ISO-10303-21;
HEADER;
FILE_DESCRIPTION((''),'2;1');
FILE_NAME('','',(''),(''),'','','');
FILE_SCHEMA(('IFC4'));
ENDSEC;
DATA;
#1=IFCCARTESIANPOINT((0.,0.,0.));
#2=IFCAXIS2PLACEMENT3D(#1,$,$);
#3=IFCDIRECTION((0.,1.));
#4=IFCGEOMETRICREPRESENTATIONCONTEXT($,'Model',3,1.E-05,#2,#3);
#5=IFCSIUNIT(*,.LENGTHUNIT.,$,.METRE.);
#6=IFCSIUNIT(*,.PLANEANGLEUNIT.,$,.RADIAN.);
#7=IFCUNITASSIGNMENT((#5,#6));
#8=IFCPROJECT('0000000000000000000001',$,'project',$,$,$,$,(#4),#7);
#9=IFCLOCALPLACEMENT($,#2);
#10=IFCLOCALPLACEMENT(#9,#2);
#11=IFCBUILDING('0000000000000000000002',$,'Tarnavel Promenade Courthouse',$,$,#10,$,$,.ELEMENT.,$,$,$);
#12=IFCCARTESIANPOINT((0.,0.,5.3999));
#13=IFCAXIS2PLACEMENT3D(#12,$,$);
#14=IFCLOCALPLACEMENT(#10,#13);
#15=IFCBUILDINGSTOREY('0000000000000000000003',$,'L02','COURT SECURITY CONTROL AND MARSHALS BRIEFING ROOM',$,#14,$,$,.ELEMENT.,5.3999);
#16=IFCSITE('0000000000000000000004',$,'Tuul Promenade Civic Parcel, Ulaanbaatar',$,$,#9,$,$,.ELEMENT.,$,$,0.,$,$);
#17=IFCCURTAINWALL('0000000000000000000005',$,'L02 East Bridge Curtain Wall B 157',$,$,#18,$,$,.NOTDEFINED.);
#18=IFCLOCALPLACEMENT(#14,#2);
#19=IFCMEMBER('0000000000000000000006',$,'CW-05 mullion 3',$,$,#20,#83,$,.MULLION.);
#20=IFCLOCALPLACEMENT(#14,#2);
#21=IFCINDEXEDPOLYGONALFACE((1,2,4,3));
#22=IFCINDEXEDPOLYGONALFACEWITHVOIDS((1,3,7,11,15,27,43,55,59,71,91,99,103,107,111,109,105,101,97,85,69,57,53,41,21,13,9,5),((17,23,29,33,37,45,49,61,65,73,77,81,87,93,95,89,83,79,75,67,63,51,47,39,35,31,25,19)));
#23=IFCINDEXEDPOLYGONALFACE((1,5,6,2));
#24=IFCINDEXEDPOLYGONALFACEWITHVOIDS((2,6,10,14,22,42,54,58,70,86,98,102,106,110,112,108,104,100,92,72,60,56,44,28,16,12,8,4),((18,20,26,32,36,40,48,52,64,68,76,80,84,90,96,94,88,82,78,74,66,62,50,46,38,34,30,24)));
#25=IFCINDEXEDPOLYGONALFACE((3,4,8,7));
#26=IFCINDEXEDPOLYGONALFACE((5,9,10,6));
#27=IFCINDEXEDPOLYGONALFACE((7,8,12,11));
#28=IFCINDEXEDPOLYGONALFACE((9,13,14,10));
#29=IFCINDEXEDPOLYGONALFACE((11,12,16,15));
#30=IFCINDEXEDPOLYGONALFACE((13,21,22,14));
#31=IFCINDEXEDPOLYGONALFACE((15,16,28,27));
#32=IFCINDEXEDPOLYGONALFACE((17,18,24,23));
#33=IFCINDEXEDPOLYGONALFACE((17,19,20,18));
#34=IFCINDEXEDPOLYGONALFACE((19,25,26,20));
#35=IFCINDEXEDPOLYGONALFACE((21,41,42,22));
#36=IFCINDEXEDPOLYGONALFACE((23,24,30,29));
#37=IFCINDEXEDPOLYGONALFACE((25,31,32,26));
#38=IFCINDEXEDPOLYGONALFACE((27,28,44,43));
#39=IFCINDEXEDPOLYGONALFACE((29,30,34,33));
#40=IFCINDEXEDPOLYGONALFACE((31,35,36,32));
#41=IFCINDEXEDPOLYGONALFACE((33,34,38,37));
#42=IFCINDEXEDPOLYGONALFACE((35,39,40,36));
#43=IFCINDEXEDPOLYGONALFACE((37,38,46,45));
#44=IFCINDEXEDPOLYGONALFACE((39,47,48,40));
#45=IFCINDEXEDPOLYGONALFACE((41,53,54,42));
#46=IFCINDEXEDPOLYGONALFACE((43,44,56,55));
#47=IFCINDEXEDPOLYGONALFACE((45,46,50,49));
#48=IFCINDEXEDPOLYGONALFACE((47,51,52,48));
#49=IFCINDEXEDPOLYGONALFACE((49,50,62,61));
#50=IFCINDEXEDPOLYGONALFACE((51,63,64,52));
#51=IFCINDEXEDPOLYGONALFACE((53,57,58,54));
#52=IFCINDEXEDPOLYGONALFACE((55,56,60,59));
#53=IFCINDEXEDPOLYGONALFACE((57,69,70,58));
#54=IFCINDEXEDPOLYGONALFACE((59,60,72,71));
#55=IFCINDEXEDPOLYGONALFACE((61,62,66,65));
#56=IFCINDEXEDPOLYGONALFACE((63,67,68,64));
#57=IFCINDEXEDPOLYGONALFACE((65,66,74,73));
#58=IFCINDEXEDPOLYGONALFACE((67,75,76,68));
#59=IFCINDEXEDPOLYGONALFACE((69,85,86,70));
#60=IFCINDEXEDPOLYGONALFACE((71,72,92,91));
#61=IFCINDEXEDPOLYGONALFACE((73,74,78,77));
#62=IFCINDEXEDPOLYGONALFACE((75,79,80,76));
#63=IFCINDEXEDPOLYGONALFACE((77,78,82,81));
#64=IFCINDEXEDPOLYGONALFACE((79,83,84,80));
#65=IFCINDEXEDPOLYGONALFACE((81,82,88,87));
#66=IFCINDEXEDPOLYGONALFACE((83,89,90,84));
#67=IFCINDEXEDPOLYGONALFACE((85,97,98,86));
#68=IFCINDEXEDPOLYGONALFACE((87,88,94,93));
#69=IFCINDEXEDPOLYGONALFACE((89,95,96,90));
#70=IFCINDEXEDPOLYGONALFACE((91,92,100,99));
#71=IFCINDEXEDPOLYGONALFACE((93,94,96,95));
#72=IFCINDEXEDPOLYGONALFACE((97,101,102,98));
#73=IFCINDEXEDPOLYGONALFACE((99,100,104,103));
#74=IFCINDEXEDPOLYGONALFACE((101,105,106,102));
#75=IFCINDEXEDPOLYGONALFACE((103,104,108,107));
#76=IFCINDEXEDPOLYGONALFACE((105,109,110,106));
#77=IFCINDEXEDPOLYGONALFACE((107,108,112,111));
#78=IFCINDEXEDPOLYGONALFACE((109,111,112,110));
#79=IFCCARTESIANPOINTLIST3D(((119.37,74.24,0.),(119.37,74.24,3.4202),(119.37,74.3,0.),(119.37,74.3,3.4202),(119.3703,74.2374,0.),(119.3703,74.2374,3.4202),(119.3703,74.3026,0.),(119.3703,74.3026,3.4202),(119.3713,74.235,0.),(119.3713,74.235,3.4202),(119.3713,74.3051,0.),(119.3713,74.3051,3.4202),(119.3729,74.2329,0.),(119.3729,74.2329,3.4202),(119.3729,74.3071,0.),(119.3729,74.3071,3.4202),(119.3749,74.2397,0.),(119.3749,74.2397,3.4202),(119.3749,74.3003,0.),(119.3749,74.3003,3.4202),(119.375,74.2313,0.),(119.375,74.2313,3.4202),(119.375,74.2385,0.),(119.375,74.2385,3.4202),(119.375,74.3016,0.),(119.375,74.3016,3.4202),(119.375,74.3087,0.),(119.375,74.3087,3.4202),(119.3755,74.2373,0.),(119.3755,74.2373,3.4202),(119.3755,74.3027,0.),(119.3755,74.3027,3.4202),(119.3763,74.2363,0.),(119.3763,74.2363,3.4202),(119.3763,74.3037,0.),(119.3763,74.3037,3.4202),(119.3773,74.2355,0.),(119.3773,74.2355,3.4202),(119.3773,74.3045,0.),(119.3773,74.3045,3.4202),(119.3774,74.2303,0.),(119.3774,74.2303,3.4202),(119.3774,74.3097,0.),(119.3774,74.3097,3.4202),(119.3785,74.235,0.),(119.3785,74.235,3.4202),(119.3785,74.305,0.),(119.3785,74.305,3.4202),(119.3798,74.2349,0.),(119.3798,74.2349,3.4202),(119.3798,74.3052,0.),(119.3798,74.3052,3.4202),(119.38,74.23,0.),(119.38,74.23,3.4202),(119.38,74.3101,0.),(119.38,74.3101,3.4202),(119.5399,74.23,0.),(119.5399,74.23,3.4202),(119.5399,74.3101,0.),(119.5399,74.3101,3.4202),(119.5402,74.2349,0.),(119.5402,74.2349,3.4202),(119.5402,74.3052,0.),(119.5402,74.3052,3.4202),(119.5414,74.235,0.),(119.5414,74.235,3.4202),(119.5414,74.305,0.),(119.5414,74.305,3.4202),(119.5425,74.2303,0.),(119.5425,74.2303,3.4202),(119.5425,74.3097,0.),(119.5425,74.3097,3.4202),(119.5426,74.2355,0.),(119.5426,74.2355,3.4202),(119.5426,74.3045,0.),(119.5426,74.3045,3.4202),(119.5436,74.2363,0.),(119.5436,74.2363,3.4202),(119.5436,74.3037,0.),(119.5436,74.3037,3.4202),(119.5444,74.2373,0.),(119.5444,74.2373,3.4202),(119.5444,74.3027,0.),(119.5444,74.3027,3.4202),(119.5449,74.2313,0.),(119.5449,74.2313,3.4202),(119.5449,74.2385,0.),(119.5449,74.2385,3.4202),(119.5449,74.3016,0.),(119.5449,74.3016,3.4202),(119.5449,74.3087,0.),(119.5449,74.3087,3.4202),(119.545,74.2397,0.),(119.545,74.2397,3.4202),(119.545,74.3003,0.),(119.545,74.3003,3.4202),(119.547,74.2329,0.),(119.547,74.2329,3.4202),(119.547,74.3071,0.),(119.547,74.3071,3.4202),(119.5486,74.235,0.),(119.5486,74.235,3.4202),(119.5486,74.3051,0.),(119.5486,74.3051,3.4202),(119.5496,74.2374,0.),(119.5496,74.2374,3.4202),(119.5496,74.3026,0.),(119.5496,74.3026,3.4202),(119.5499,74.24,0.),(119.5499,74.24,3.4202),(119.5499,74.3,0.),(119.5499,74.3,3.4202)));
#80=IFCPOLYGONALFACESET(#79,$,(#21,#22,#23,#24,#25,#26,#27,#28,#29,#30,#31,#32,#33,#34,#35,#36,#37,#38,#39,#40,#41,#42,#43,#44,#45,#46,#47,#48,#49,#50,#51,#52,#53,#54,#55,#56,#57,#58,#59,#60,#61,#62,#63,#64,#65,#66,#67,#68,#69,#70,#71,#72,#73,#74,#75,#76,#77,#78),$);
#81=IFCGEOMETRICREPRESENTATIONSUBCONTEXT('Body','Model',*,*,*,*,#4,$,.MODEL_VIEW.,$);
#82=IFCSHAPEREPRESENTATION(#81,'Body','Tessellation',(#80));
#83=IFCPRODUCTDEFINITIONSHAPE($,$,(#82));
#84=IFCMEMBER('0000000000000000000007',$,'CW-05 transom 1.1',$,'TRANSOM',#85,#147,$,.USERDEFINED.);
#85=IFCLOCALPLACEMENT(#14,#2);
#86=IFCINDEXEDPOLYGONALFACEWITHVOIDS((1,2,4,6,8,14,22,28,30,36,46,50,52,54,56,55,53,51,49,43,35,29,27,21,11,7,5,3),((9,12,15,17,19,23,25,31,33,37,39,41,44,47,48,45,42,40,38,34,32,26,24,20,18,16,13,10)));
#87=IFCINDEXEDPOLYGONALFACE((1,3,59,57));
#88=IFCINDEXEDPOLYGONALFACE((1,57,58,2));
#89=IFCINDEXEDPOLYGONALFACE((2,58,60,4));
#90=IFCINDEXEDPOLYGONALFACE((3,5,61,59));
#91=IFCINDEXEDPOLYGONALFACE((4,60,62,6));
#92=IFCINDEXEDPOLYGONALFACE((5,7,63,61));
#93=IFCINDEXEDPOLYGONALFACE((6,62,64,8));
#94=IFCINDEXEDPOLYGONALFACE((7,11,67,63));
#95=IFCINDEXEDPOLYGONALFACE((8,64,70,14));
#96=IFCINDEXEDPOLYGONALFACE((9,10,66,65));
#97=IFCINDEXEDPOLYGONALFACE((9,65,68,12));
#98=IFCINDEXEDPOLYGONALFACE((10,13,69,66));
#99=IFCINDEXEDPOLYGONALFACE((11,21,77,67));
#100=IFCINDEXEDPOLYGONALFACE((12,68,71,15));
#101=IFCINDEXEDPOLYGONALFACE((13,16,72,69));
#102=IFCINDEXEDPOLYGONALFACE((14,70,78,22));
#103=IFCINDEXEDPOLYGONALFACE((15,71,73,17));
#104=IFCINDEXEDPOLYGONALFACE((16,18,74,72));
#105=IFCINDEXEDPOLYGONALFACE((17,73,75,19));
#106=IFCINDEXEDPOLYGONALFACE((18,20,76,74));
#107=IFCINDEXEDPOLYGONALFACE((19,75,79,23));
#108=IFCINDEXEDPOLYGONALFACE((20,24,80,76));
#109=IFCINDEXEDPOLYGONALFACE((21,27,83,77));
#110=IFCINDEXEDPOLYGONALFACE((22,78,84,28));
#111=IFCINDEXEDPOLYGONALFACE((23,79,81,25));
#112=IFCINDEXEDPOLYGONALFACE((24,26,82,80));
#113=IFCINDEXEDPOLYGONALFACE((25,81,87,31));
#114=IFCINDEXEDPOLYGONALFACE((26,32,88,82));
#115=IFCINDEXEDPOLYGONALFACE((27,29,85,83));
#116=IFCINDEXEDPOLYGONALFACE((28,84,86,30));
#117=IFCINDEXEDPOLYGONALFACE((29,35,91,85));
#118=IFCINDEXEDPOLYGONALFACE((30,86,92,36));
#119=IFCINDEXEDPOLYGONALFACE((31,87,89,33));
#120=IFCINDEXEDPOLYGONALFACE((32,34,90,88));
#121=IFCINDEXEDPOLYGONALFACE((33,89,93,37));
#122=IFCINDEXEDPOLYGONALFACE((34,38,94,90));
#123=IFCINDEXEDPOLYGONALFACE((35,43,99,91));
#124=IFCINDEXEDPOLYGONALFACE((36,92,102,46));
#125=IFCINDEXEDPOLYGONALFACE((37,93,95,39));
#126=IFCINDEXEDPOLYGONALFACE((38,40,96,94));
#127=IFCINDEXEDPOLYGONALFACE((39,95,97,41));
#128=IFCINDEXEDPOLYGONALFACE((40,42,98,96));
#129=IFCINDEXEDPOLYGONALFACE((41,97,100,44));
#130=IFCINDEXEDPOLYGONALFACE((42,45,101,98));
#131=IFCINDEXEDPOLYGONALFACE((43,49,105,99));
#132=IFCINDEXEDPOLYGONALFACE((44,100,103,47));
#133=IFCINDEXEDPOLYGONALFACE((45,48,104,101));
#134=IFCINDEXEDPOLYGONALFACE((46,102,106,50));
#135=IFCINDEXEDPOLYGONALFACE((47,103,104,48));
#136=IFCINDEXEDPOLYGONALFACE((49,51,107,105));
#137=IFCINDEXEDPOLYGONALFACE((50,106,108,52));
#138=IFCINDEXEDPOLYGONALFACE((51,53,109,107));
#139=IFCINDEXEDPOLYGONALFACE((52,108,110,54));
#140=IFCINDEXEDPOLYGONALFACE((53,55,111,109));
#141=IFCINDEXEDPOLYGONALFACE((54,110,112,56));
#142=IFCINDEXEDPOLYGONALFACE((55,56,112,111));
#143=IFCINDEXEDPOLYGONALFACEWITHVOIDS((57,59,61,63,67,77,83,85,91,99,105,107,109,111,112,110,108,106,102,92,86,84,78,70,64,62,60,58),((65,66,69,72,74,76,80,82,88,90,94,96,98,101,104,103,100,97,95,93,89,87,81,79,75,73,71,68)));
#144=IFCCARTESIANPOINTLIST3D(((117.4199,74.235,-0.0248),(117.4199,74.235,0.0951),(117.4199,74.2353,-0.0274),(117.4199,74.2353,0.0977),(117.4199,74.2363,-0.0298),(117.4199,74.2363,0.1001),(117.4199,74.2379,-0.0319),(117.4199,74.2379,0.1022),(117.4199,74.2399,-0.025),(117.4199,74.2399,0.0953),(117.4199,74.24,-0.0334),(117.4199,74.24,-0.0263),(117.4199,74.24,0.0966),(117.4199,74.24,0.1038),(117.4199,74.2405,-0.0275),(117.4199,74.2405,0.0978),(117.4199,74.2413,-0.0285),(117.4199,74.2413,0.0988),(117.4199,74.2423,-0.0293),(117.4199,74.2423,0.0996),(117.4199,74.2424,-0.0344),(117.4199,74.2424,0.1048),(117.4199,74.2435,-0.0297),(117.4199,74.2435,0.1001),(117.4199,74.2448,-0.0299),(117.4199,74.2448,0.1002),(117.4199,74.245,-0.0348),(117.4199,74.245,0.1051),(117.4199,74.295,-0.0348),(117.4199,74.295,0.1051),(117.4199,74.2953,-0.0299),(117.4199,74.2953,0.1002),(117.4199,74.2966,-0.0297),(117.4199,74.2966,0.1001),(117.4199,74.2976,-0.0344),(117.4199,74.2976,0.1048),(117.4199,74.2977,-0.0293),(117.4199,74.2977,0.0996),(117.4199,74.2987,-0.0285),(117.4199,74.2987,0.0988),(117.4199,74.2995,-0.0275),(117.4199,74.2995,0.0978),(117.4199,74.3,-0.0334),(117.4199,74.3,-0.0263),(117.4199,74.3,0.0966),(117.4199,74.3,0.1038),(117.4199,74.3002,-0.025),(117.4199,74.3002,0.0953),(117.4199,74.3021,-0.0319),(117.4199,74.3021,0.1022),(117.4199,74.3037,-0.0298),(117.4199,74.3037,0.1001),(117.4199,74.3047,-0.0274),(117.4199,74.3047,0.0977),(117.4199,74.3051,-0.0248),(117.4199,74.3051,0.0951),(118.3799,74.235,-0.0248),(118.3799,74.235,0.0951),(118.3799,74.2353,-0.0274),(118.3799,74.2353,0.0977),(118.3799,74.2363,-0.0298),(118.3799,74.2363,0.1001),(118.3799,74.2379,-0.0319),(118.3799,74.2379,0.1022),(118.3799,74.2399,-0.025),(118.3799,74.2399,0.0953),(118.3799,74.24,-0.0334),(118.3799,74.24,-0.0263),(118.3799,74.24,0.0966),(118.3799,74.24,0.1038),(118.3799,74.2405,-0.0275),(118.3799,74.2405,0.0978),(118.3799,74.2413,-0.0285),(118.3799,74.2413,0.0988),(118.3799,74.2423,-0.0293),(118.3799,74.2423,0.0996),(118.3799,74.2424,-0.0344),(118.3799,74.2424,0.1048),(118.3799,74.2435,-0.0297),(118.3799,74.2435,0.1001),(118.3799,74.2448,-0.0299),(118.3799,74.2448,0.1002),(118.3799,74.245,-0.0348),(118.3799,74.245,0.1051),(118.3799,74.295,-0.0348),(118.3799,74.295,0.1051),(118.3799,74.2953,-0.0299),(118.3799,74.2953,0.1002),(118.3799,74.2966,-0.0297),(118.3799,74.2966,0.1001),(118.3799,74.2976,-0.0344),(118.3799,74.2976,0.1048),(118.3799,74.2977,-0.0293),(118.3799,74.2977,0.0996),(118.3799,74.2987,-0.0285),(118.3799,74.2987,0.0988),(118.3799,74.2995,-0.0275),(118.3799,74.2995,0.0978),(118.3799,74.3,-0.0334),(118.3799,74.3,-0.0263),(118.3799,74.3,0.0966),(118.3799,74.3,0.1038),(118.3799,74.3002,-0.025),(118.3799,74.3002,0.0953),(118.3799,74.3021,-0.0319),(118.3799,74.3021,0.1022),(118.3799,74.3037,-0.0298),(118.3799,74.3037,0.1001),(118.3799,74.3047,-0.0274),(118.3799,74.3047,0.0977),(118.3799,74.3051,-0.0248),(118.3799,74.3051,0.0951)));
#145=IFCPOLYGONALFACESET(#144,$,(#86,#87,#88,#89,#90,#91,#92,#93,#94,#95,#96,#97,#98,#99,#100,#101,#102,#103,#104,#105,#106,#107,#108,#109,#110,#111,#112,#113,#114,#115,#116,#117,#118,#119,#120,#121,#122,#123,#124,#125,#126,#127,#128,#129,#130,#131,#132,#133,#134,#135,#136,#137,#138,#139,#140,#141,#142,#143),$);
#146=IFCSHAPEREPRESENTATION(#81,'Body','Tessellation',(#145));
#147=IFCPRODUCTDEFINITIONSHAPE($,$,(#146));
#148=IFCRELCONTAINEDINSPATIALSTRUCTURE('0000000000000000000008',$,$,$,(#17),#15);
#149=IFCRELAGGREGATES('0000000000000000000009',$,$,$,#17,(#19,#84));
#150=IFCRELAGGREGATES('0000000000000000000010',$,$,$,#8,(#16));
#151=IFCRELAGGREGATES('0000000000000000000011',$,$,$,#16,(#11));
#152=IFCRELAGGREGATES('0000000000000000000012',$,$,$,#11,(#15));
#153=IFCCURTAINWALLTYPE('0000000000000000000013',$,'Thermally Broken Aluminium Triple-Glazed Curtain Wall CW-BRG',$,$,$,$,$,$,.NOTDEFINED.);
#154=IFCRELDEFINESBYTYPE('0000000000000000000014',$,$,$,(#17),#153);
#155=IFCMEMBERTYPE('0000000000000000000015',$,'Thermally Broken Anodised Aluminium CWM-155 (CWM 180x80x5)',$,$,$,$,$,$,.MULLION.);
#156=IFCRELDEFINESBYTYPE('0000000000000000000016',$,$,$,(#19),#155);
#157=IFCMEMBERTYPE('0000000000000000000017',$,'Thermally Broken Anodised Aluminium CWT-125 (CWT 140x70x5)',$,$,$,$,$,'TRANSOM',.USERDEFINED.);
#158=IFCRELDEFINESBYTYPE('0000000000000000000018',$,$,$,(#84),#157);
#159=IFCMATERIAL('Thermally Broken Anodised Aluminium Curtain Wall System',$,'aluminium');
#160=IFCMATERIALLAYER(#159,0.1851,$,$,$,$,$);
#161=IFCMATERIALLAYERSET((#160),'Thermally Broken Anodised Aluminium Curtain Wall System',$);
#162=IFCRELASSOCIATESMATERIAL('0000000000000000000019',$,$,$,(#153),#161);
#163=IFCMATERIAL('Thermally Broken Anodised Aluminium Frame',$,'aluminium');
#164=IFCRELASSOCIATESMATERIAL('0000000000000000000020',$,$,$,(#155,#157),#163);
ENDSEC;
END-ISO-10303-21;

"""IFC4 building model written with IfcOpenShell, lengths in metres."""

from ifc_helpers import new_model, si_unit, direction, frame, origin, origin_2d, place, context, subcontext, project, spatial, hollow_rectangle, extrude, material, layer, layer_set, material_profile, profile_set, type_object, element, aggregate, save


model = new_model("IFC4")

# Units and contexts
model_context = context("Model", 3, precision=1e-05, world=origin(), true_north=direction((0.0, 1.0)))
body_context = subcontext(model_context, "Body", "Model", "MODEL_VIEW")
ifc_project = project(units=[si_unit("LENGTHUNIT", "METRE"), si_unit("PLANEANGLEUNIT", "RADIAN")], contexts=[model_context])

# Site, building, storey
site_placement = place(None, origin())
site = spatial("IfcSite", under=ifc_project, at=site_placement, Name="Tuul Promenade Civic Parcel, Ulaanbaatar", CompositionType="ELEMENT", RefElevation=0.0)
building_placement = place(site_placement, origin())
building = spatial("IfcBuilding", under=site, at=building_placement, Name="Tarnavel Promenade Courthouse", CompositionType="ELEMENT")
storey_placement = place(building_placement, frame((0.0, 0.0, 5.3999)))
storey = spatial("IfcBuildingStorey", under=building, at=storey_placement, Name="L02", Description="COURT SECURITY CONTROL AND MARSHALS BRIEFING ROOM", CompositionType="ELEMENT", Elevation=5.3999)

# Shared definitions
ifc_material_1 = material(Name="Thermally Broken Anodised Aluminium Curtain Wall System", Category="aluminium")
ifc_layer_1 = layer(ifc_material_1, 0.1851)
ifc_layer_set_1 = layer_set([ifc_layer_1], Name="Thermally Broken Anodised Aluminium Curtain Wall System")
curtain_wall_type = type_object("IfcCurtainWallType", Name="Thermally Broken Aluminium Triple-Glazed Curtain Wall CW-BRG", PredefinedType="NOTDEFINED", material=ifc_layer_set_1)
ifc_material_2 = material(Name="Thermally Broken Anodised Aluminium Frame", Category="aluminium")
ifc_material_profile_1 = material_profile(ifc_material_2, hollow_rectangle(XDim=0.0801, YDim=0.1799, WallThickness=0.0049, InnerFilletRadius=0.0049, OuterFilletRadius=0.01, at=origin_2d()), Name="CWM 180x80x5")
ifc_profile_set_1 = profile_set([ifc_material_profile_1], Name="Thermally Broken Anodised Aluminium Frame")
member_type_1 = type_object("IfcMemberType", Name="Thermally Broken Anodised Aluminium CWM-155 (CWM 180x80x5)", PredefinedType="MULLION", material=ifc_profile_set_1)

# Curtain wall, members
curtain_wall_1_placement = place(storey_placement, origin())
curtain_wall_1 = element("IfcCurtainWall", 1, at=curtain_wall_1_placement, inside=storey, type_object=curtain_wall_type, Name="L02 East Bridge Curtain Wall B 157", PredefinedType="NOTDEFINED")
member_1_placement = place(storey_placement, frame((119.46, 74.27, 0.0), z_axis=(0.0, 0.0, 1.0), x_axis=(0.0, 1.0, 0.0)))
member_1 = element("IfcMember", 2, at=member_1_placement, type_object=member_type_1, Name="CW-05 mullion 3", PredefinedType="MULLION", context=body_context, shape_type="SweptSolid", body=[
    extrude(hollow_rectangle(XDim=0.0801, YDim=0.1799, WallThickness=0.0049, InnerFilletRadius=0.0049, OuterFilletRadius=0.01, at=origin_2d()), origin(), (0.0, 0.0, 1.0), 3.4202),
])
ifc_material_profile_2 = material_profile(ifc_material_2, hollow_rectangle(XDim=0.0701, YDim=0.1399, WallThickness=0.0049, InnerFilletRadius=0.0049, OuterFilletRadius=0.01, at=origin_2d()), Name="CWT 140x70x5")
ifc_profile_set_2 = profile_set([ifc_material_profile_2], Name="Thermally Broken Anodised Aluminium Frame")
member_type_2 = type_object("IfcMemberType", Name="Thermally Broken Anodised Aluminium CWT-125 (CWT 140x70x5)", ElementType="TRANSOM", PredefinedType="USERDEFINED", material=ifc_profile_set_2)
member_2_placement = place(storey_placement, frame((117.4199, 74.27, 0.0352), z_axis=(1.0, 0.0, 0.0), x_axis=(0.0, 1.0, 0.0)))
member_2 = element("IfcMember", 3, at=member_2_placement, type_object=member_type_2, Name="CW-05 transom 1.1", ObjectType="TRANSOM", PredefinedType="USERDEFINED", context=body_context, shape_type="SweptSolid", body=[
    extrude(hollow_rectangle(XDim=0.0701, YDim=0.1399, WallThickness=0.0049, InnerFilletRadius=0.0049, OuterFilletRadius=0.01, at=origin_2d()), origin(), (0.0, 0.0, 1.0), 0.96),
])

aggregate(curtain_wall_1, [member_1, member_2])

save(model, "model.ifc")
